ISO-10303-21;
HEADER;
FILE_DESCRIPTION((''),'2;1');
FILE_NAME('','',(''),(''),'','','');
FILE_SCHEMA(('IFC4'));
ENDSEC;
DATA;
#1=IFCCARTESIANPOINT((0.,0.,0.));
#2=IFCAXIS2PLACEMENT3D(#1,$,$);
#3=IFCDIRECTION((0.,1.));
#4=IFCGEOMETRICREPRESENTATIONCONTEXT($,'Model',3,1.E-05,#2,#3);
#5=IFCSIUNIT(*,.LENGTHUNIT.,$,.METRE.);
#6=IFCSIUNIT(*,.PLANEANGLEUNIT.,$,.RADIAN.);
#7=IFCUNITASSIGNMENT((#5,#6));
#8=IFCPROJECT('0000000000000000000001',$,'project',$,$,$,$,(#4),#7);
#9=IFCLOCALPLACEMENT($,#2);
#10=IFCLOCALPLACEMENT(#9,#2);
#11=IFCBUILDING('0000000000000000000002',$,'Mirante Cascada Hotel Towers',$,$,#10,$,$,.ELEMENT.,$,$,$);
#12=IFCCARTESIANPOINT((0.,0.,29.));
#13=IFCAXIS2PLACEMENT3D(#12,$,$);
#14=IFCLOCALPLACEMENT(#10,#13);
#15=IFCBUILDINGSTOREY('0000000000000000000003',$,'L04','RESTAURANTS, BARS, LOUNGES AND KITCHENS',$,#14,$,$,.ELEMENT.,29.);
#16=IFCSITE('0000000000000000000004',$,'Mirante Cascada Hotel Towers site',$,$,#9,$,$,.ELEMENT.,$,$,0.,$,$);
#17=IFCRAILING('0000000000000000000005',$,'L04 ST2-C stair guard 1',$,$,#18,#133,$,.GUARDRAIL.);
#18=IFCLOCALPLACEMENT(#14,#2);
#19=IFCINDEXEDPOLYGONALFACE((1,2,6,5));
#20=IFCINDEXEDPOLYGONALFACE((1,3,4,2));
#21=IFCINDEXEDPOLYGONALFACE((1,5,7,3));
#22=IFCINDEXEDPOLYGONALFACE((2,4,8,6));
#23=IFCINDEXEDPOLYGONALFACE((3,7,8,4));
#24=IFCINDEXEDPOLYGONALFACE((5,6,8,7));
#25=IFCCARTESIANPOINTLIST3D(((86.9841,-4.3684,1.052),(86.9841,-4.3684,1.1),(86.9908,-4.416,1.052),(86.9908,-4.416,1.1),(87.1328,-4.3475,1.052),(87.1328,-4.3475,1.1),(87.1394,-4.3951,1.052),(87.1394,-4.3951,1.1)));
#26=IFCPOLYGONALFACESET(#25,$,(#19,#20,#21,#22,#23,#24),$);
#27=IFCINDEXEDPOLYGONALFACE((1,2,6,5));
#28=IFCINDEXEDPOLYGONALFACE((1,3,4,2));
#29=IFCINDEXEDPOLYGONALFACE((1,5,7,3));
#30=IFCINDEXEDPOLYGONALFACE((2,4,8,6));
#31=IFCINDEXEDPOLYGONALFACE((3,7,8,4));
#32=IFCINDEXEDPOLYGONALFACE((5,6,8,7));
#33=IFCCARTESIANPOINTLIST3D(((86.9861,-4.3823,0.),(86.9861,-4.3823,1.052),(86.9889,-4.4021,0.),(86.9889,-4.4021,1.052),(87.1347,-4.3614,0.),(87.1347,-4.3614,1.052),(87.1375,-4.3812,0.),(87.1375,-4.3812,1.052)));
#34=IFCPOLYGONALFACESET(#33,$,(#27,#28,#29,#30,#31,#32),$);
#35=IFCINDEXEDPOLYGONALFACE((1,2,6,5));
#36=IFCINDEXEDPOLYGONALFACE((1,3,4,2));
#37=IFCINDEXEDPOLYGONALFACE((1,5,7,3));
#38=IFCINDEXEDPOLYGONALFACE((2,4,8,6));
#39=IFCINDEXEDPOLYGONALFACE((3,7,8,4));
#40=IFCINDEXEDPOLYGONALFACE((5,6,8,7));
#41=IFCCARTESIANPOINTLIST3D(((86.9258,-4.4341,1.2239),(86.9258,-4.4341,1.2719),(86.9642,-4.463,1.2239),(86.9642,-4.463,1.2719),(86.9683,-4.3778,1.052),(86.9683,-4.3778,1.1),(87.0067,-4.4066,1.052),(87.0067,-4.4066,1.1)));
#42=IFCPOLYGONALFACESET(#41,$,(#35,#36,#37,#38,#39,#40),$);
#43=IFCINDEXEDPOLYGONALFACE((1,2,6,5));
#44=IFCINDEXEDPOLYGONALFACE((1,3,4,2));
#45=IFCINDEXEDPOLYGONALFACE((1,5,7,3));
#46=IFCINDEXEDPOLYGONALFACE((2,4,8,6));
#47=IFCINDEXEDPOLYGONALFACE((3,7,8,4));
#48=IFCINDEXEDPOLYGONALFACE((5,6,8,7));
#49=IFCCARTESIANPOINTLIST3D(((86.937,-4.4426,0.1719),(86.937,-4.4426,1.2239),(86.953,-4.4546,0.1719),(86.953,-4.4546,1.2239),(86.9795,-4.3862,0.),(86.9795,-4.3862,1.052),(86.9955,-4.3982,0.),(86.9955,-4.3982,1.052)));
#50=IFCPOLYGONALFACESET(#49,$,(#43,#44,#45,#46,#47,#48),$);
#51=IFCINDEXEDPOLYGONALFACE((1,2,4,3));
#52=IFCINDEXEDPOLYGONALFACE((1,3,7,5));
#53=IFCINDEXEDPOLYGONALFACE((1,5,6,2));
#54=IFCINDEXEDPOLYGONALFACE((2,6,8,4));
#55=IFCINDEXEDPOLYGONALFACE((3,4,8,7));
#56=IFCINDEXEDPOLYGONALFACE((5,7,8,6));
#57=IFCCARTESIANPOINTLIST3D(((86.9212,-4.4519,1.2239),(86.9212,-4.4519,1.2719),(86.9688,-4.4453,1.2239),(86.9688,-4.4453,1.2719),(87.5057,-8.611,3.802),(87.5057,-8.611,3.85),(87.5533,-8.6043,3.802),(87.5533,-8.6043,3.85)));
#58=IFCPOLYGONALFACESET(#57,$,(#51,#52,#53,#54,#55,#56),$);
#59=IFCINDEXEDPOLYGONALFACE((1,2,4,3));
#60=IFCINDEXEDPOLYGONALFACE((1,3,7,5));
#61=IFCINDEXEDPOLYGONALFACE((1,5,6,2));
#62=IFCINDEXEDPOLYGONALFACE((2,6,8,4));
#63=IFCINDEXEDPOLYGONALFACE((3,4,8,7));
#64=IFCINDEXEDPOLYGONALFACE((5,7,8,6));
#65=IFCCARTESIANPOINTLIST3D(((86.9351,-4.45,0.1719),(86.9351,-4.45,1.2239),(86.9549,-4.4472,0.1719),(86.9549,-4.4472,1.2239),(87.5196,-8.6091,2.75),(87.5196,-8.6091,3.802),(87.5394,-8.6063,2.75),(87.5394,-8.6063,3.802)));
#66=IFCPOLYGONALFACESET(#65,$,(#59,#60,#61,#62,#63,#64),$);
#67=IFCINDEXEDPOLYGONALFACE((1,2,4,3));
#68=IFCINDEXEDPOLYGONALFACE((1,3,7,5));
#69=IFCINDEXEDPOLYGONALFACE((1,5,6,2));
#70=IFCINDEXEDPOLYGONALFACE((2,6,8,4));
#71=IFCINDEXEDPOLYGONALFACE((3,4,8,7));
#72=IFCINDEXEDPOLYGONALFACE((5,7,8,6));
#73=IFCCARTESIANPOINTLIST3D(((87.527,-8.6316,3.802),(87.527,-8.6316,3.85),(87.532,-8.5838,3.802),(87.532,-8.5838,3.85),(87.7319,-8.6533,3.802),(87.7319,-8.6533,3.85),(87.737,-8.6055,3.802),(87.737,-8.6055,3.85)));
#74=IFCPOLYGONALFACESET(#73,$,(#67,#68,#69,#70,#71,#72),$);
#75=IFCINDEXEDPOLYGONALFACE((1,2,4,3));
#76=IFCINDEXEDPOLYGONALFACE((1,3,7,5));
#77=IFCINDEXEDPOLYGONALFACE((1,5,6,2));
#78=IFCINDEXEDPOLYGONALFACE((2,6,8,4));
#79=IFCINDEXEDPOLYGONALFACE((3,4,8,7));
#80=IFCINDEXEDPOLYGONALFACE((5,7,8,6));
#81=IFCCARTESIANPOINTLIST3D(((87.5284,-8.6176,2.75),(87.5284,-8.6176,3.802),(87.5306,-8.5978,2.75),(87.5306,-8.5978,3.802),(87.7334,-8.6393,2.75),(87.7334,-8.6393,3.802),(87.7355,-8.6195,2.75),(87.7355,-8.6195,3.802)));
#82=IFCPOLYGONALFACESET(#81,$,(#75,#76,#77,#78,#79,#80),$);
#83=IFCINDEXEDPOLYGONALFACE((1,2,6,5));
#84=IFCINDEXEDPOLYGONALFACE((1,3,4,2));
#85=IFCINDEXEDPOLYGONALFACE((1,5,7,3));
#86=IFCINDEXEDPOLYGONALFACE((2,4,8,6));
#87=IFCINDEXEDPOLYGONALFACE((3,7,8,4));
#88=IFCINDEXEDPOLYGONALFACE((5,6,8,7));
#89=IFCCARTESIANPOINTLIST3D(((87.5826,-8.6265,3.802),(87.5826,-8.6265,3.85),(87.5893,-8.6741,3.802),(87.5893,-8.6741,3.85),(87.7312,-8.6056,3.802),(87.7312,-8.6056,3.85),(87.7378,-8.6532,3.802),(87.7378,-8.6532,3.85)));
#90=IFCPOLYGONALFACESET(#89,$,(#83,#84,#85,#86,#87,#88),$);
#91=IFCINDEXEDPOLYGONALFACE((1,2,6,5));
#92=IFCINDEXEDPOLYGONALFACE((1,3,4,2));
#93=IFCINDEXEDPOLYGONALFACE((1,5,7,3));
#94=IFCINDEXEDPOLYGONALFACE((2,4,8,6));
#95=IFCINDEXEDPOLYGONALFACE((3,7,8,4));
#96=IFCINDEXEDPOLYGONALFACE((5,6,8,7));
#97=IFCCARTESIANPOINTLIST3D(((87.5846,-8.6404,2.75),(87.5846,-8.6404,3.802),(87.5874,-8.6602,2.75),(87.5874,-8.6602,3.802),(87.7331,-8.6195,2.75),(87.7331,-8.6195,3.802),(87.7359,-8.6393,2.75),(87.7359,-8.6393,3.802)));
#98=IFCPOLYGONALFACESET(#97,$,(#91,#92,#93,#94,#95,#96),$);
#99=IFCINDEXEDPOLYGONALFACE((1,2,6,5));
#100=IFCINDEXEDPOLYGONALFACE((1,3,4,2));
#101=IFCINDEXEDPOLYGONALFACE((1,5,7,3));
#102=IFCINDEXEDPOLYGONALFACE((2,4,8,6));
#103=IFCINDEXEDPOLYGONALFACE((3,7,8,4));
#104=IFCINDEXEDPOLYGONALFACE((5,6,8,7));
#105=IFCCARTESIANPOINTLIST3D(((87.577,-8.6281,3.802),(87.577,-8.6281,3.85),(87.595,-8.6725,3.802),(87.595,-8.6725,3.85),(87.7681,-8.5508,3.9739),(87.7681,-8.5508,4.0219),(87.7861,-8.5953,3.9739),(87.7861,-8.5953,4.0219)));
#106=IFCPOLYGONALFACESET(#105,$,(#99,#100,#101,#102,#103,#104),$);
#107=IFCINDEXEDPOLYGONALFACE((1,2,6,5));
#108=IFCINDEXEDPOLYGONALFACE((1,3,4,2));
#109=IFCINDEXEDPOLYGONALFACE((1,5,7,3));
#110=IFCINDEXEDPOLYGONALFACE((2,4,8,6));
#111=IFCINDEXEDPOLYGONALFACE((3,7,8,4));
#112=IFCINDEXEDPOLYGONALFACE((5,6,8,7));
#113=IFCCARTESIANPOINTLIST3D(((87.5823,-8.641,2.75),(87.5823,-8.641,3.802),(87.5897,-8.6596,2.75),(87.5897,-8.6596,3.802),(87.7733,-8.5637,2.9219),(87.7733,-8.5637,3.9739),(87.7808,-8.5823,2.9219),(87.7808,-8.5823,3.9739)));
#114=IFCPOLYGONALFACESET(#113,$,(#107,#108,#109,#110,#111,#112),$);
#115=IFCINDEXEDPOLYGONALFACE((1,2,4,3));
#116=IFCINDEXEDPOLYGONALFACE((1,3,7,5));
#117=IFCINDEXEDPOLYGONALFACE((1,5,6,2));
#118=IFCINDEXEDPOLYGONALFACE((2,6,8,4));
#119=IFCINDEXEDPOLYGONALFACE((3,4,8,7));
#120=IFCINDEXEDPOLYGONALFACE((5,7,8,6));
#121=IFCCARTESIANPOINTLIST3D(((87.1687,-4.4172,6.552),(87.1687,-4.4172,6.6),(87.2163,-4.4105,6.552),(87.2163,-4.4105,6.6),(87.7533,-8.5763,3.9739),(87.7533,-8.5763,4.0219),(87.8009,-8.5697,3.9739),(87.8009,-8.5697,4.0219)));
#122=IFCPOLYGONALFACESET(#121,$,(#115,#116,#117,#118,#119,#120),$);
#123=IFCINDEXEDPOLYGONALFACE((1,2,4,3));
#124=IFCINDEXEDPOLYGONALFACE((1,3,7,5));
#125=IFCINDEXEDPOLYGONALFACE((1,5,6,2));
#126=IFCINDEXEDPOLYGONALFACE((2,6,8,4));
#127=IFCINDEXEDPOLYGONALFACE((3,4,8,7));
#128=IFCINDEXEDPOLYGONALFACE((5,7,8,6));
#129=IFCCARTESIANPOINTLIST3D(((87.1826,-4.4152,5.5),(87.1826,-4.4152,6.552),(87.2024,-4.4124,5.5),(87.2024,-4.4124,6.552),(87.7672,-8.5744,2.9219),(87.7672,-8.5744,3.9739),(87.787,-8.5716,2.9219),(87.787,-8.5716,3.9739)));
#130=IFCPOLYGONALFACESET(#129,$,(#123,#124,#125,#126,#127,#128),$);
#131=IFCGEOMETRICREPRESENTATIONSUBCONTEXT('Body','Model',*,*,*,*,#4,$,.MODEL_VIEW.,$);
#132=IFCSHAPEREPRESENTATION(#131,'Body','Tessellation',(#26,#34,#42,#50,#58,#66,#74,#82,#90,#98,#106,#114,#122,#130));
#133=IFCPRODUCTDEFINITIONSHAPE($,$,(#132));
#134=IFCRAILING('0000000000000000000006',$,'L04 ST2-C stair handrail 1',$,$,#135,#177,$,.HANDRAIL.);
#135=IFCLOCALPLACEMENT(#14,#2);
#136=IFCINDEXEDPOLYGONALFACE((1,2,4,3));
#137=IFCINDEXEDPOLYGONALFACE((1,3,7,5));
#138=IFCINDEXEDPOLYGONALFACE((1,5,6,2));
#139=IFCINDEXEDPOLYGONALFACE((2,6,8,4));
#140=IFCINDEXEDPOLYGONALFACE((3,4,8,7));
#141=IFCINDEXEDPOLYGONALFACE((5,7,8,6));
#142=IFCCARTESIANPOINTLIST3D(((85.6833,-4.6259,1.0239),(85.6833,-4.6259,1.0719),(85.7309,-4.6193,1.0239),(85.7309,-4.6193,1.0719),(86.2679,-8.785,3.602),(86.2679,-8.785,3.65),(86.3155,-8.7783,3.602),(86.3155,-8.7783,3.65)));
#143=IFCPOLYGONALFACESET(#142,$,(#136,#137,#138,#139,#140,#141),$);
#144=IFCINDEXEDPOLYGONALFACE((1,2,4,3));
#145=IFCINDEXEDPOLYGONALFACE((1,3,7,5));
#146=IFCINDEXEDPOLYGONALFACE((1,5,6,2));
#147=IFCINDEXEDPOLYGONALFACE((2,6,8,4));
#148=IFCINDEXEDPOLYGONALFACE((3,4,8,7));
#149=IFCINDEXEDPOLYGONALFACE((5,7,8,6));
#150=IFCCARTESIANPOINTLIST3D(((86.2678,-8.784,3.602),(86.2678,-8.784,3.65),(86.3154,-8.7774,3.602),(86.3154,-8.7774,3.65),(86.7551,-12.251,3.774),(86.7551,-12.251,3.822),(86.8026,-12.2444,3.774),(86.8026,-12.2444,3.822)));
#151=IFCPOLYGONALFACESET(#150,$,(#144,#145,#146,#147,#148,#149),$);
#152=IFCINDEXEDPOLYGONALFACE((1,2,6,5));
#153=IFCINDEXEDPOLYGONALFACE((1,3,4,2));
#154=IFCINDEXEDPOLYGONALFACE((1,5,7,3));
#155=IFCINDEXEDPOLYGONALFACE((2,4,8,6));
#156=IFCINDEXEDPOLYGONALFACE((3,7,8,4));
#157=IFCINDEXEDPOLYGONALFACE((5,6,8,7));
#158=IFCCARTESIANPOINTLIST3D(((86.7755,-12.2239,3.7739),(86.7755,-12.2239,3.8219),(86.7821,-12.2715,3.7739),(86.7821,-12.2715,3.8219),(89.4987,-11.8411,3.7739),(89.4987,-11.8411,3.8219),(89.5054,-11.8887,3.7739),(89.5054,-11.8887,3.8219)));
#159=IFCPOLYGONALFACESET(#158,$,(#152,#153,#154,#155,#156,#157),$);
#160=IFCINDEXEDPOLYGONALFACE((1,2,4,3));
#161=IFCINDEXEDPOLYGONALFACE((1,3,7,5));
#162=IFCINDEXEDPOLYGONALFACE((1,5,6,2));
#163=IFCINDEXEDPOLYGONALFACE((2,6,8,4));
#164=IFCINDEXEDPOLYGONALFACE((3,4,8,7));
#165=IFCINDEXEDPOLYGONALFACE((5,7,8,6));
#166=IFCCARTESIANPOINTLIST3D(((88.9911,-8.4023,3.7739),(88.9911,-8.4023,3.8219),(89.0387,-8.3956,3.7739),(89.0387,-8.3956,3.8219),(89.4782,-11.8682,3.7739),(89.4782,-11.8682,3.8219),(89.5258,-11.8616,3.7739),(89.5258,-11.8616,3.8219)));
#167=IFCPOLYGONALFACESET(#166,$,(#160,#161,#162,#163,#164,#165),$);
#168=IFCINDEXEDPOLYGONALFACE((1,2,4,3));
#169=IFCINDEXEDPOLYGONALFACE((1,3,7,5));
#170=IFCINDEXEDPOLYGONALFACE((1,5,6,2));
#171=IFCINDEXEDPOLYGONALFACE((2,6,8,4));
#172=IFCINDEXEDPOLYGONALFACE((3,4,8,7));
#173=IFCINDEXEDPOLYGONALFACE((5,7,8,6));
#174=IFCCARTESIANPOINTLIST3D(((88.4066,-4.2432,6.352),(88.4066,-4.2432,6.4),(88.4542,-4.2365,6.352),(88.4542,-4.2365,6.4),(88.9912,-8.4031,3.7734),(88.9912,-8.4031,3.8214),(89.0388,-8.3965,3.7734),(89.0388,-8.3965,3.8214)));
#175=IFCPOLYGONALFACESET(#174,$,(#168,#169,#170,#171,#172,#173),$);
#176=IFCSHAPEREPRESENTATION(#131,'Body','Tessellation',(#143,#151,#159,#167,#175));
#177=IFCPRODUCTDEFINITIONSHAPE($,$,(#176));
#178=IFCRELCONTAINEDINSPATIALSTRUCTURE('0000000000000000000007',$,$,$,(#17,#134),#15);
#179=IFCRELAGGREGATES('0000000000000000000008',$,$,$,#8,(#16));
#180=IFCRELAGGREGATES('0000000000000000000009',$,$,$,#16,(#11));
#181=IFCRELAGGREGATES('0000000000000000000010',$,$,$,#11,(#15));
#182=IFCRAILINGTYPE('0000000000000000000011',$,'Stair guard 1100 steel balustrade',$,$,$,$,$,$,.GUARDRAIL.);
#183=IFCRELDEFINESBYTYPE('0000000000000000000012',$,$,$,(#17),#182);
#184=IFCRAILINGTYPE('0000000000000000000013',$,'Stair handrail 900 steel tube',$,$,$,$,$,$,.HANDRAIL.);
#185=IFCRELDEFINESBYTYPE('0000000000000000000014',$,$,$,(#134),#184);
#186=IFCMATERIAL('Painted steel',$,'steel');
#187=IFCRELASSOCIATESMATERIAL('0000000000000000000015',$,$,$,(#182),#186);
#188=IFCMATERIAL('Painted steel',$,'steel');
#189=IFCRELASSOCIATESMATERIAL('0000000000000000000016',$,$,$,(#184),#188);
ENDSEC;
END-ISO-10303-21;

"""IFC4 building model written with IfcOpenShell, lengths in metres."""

from ifc_helpers import new_model, si_unit, direction, frame, origin, origin_2d, place, context, subcontext, project, spatial, rectangle, extrude, material, type_object, element, save


model = new_model("IFC4")

# Units and contexts
model_context = context("Model", 3, precision=1e-05, world=origin(), true_north=direction((0.0, 1.0)))
body_context = subcontext(model_context, "Body", "Model", "MODEL_VIEW")
ifc_project = project(units=[si_unit("LENGTHUNIT", "METRE"), si_unit("PLANEANGLEUNIT", "RADIAN")], contexts=[model_context])

# Site, building, storey
site_placement = place(None, origin())
site = spatial("IfcSite", under=ifc_project, at=site_placement, Name="Mirante Cascada Hotel Towers site", CompositionType="ELEMENT", RefElevation=0.0)
building_placement = place(site_placement, origin())
building = spatial("IfcBuilding", under=site, at=building_placement, Name="Mirante Cascada Hotel Towers", CompositionType="ELEMENT")
storey_placement = place(building_placement, frame((0.0, 0.0, 29.0)))
storey = spatial("IfcBuildingStorey", under=building, at=storey_placement, Name="L04", Description="RESTAURANTS, BARS, LOUNGES AND KITCHENS", CompositionType="ELEMENT", Elevation=29.0)

# Railings
ifc_material_1 = material(Name="Painted steel", Category="steel")
railing_type_1 = type_object("IfcRailingType", Name="Stair guard 1100 steel balustrade", PredefinedType="GUARDRAIL", material=ifc_material_1)
railing_1_placement = place(storey_placement, frame((87.1361, -4.3713, 0.0)))
element("IfcRailing", 1, at=railing_1_placement, inside=storey, type_object=railing_type_1, Name="L04 ST2-C stair guard 1", PredefinedType="GUARDRAIL", context=body_context, shape_type="SweptSolid", body=[
    extrude(rectangle(XDim=0.048, YDim=0.048, at=origin_2d()), frame((0.0, 0.0, 1.076), z_axis=(-0.990254, -0.139275, 0.0), x_axis=(0.139275, -0.990254, 0.0)), (0.0, 0.0, 1.0), 0.1501),
    extrude(rectangle(XDim=0.02, YDim=1.052, at=origin_2d()), frame((0.0, 0.0, 0.526), z_axis=(-0.990254, -0.139275, 0.0), x_axis=(0.139275, -0.990254, 0.0)), (0.0, 0.0, 1.0), 0.1501),
    extrude(rectangle(XDim=0.048, YDim=0.048, at=origin_2d()), frame((-0.1486, -0.0209, 1.076), z_axis=(-0.601811, -0.798639, 0.0), x_axis=(0.798639, -0.601811, 0.0)), (0.0, 0.924985, 0.380004), 0.1858),
    extrude(rectangle(XDim=0.02, YDim=1.052, at=origin_2d()), frame((-0.1486, -0.0209, 0.526), z_axis=(-0.601811, -0.798639, 0.0), x_axis=(0.798639, -0.601811, 0.0)), (0.0, 0.924985, 0.380004), 0.1858),
    extrude(rectangle(XDim=0.048, YDim=0.048, at=origin_2d()), frame((-0.1911, -0.0773, 1.2479), z_axis=(0.139168, -0.990269, 0.0), x_axis=(0.990269, 0.139168, 0.0)), (0.0, 0.523141, 0.852246), 4.9281),
    extrude(rectangle(XDim=0.02, YDim=1.052, at=origin_2d()), frame((-0.1911, -0.0773, 0.6979), z_axis=(0.139168, -0.990269, 0.0), x_axis=(0.990269, 0.139168, 0.0)), (0.0, 0.523141, 0.852246), 4.9281),
    extrude(rectangle(XDim=0.048, YDim=0.048, at=origin_2d()), frame((0.3934, -4.2364, 3.826), z_axis=(0.994444, -0.105266, 0.0), x_axis=(0.105266, 0.994444, 0.0)), (0.0, 0.0, 1.0), 0.2061),
    extrude(rectangle(XDim=0.02, YDim=1.052, at=origin_2d()), frame((0.3934, -4.2364, 3.276), z_axis=(0.994444, -0.105266, 0.0), x_axis=(0.105266, 0.994444, 0.0)), (0.0, 0.0, 1.0), 0.2061),
    extrude(rectangle(XDim=0.048, YDim=0.048, at=origin_2d()), frame((0.5984, -4.2581, 3.826), z_axis=(-0.990241, -0.139367, 0.0), x_axis=(0.139367, -0.990241, 0.0)), (0.0, 0.0, 1.0), 0.15),
    extrude(rectangle(XDim=0.02, YDim=1.052, at=origin_2d()), frame((0.5984, -4.2581, 3.276), z_axis=(-0.990241, -0.139367, 0.0), x_axis=(0.139367, -0.990241, 0.0)), (0.0, 0.0, 1.0), 0.15),
    extrude(rectangle(XDim=0.048, YDim=0.048, at=origin_2d()), frame((0.4499, -4.279, 3.826), z_axis=(0.927031, 0.374984, 0.0), x_axis=(-0.374984, 0.927031, 0.0)), (0.0, 0.640437, 0.76801), 0.2684),
    extrude(rectangle(XDim=0.02, YDim=1.052, at=origin_2d()), frame((0.4499, -4.279, 3.276), z_axis=(0.927031, 0.374984, 0.0), x_axis=(-0.374984, 0.927031, 0.0)), (0.0, 0.640437, 0.76801), 0.2684),
    extrude(rectangle(XDim=0.048, YDim=0.048, at=origin_2d()), frame((0.641, -4.2017, 3.9979), z_axis=(-0.139188, 0.990266, 0.0), x_axis=(-0.990266, -0.139188, 0.0)), (0.0, 0.523131, 0.852252), 4.9282),
    extrude(rectangle(XDim=0.02, YDim=1.052, at=origin_2d()), frame((0.641, -4.2017, 3.4479), z_axis=(-0.139188, 0.990266, 0.0), x_axis=(-0.990266, -0.139188, 0.0)), (0.0, 0.523131, 0.852252), 4.9282),
])
ifc_material_2 = material(Name="Painted steel", Category="steel")
railing_type_2 = type_object("IfcRailingType", Name="Stair handrail 900 steel tube", PredefinedType="HANDRAIL", material=ifc_material_2)
railing_2_placement = place(storey_placement, frame((85.7071, -4.6226, 0.1719)))
element("IfcRailing", 2, at=railing_2_placement, inside=storey, type_object=railing_type_2, Name="L04 ST2-C stair handrail 1", PredefinedType="HANDRAIL", context=body_context, shape_type="SweptSolid", body=[
    extrude(rectangle(XDim=0.048, YDim=0.048, at=origin_2d()), frame((0.0, 0.0, 0.876), z_axis=(0.139191, -0.990266, 0.0), x_axis=(0.990266, 0.139191, 0.0)), (0.0, 0.52314, 0.852247), 4.9281),
    extrude(rectangle(XDim=0.048, YDim=0.048, at=origin_2d()), frame((0.5845, -4.1581, 3.4541), z_axis=(0.139169, -0.990269, 0.0), x_axis=(0.990269, 0.139169, 0.0)), (0.0, 0.049054, 0.998796), 3.5053),
    extrude(rectangle(XDim=0.048, YDim=0.048, at=origin_2d()), frame((1.0717, -7.6251, 3.626), z_axis=(0.990264, 0.139201, 0.0), x_axis=(-0.139201, 0.990264, 0.0)), (0.0, 0.0, 1.0), 2.75),
    extrude(rectangle(XDim=0.048, YDim=0.048, at=origin_2d()), frame((3.7949, -7.2423, 3.626), z_axis=(-0.139173, 0.990268, 0.0), x_axis=(-0.990268, -0.139173, 0.0)), (0.0, 0.0, 1.0), 3.5),
    extrude(rectangle(XDim=0.048, YDim=0.048, at=origin_2d()), frame((3.3079, -3.7772, 3.6255), z_axis=(-0.139168, 0.990269, 0.0), x_axis=(-0.990269, -0.139168, 0.0)), (0.0, 0.523141, 0.852246), 4.9291),
])

save(model, "model.ifc")
